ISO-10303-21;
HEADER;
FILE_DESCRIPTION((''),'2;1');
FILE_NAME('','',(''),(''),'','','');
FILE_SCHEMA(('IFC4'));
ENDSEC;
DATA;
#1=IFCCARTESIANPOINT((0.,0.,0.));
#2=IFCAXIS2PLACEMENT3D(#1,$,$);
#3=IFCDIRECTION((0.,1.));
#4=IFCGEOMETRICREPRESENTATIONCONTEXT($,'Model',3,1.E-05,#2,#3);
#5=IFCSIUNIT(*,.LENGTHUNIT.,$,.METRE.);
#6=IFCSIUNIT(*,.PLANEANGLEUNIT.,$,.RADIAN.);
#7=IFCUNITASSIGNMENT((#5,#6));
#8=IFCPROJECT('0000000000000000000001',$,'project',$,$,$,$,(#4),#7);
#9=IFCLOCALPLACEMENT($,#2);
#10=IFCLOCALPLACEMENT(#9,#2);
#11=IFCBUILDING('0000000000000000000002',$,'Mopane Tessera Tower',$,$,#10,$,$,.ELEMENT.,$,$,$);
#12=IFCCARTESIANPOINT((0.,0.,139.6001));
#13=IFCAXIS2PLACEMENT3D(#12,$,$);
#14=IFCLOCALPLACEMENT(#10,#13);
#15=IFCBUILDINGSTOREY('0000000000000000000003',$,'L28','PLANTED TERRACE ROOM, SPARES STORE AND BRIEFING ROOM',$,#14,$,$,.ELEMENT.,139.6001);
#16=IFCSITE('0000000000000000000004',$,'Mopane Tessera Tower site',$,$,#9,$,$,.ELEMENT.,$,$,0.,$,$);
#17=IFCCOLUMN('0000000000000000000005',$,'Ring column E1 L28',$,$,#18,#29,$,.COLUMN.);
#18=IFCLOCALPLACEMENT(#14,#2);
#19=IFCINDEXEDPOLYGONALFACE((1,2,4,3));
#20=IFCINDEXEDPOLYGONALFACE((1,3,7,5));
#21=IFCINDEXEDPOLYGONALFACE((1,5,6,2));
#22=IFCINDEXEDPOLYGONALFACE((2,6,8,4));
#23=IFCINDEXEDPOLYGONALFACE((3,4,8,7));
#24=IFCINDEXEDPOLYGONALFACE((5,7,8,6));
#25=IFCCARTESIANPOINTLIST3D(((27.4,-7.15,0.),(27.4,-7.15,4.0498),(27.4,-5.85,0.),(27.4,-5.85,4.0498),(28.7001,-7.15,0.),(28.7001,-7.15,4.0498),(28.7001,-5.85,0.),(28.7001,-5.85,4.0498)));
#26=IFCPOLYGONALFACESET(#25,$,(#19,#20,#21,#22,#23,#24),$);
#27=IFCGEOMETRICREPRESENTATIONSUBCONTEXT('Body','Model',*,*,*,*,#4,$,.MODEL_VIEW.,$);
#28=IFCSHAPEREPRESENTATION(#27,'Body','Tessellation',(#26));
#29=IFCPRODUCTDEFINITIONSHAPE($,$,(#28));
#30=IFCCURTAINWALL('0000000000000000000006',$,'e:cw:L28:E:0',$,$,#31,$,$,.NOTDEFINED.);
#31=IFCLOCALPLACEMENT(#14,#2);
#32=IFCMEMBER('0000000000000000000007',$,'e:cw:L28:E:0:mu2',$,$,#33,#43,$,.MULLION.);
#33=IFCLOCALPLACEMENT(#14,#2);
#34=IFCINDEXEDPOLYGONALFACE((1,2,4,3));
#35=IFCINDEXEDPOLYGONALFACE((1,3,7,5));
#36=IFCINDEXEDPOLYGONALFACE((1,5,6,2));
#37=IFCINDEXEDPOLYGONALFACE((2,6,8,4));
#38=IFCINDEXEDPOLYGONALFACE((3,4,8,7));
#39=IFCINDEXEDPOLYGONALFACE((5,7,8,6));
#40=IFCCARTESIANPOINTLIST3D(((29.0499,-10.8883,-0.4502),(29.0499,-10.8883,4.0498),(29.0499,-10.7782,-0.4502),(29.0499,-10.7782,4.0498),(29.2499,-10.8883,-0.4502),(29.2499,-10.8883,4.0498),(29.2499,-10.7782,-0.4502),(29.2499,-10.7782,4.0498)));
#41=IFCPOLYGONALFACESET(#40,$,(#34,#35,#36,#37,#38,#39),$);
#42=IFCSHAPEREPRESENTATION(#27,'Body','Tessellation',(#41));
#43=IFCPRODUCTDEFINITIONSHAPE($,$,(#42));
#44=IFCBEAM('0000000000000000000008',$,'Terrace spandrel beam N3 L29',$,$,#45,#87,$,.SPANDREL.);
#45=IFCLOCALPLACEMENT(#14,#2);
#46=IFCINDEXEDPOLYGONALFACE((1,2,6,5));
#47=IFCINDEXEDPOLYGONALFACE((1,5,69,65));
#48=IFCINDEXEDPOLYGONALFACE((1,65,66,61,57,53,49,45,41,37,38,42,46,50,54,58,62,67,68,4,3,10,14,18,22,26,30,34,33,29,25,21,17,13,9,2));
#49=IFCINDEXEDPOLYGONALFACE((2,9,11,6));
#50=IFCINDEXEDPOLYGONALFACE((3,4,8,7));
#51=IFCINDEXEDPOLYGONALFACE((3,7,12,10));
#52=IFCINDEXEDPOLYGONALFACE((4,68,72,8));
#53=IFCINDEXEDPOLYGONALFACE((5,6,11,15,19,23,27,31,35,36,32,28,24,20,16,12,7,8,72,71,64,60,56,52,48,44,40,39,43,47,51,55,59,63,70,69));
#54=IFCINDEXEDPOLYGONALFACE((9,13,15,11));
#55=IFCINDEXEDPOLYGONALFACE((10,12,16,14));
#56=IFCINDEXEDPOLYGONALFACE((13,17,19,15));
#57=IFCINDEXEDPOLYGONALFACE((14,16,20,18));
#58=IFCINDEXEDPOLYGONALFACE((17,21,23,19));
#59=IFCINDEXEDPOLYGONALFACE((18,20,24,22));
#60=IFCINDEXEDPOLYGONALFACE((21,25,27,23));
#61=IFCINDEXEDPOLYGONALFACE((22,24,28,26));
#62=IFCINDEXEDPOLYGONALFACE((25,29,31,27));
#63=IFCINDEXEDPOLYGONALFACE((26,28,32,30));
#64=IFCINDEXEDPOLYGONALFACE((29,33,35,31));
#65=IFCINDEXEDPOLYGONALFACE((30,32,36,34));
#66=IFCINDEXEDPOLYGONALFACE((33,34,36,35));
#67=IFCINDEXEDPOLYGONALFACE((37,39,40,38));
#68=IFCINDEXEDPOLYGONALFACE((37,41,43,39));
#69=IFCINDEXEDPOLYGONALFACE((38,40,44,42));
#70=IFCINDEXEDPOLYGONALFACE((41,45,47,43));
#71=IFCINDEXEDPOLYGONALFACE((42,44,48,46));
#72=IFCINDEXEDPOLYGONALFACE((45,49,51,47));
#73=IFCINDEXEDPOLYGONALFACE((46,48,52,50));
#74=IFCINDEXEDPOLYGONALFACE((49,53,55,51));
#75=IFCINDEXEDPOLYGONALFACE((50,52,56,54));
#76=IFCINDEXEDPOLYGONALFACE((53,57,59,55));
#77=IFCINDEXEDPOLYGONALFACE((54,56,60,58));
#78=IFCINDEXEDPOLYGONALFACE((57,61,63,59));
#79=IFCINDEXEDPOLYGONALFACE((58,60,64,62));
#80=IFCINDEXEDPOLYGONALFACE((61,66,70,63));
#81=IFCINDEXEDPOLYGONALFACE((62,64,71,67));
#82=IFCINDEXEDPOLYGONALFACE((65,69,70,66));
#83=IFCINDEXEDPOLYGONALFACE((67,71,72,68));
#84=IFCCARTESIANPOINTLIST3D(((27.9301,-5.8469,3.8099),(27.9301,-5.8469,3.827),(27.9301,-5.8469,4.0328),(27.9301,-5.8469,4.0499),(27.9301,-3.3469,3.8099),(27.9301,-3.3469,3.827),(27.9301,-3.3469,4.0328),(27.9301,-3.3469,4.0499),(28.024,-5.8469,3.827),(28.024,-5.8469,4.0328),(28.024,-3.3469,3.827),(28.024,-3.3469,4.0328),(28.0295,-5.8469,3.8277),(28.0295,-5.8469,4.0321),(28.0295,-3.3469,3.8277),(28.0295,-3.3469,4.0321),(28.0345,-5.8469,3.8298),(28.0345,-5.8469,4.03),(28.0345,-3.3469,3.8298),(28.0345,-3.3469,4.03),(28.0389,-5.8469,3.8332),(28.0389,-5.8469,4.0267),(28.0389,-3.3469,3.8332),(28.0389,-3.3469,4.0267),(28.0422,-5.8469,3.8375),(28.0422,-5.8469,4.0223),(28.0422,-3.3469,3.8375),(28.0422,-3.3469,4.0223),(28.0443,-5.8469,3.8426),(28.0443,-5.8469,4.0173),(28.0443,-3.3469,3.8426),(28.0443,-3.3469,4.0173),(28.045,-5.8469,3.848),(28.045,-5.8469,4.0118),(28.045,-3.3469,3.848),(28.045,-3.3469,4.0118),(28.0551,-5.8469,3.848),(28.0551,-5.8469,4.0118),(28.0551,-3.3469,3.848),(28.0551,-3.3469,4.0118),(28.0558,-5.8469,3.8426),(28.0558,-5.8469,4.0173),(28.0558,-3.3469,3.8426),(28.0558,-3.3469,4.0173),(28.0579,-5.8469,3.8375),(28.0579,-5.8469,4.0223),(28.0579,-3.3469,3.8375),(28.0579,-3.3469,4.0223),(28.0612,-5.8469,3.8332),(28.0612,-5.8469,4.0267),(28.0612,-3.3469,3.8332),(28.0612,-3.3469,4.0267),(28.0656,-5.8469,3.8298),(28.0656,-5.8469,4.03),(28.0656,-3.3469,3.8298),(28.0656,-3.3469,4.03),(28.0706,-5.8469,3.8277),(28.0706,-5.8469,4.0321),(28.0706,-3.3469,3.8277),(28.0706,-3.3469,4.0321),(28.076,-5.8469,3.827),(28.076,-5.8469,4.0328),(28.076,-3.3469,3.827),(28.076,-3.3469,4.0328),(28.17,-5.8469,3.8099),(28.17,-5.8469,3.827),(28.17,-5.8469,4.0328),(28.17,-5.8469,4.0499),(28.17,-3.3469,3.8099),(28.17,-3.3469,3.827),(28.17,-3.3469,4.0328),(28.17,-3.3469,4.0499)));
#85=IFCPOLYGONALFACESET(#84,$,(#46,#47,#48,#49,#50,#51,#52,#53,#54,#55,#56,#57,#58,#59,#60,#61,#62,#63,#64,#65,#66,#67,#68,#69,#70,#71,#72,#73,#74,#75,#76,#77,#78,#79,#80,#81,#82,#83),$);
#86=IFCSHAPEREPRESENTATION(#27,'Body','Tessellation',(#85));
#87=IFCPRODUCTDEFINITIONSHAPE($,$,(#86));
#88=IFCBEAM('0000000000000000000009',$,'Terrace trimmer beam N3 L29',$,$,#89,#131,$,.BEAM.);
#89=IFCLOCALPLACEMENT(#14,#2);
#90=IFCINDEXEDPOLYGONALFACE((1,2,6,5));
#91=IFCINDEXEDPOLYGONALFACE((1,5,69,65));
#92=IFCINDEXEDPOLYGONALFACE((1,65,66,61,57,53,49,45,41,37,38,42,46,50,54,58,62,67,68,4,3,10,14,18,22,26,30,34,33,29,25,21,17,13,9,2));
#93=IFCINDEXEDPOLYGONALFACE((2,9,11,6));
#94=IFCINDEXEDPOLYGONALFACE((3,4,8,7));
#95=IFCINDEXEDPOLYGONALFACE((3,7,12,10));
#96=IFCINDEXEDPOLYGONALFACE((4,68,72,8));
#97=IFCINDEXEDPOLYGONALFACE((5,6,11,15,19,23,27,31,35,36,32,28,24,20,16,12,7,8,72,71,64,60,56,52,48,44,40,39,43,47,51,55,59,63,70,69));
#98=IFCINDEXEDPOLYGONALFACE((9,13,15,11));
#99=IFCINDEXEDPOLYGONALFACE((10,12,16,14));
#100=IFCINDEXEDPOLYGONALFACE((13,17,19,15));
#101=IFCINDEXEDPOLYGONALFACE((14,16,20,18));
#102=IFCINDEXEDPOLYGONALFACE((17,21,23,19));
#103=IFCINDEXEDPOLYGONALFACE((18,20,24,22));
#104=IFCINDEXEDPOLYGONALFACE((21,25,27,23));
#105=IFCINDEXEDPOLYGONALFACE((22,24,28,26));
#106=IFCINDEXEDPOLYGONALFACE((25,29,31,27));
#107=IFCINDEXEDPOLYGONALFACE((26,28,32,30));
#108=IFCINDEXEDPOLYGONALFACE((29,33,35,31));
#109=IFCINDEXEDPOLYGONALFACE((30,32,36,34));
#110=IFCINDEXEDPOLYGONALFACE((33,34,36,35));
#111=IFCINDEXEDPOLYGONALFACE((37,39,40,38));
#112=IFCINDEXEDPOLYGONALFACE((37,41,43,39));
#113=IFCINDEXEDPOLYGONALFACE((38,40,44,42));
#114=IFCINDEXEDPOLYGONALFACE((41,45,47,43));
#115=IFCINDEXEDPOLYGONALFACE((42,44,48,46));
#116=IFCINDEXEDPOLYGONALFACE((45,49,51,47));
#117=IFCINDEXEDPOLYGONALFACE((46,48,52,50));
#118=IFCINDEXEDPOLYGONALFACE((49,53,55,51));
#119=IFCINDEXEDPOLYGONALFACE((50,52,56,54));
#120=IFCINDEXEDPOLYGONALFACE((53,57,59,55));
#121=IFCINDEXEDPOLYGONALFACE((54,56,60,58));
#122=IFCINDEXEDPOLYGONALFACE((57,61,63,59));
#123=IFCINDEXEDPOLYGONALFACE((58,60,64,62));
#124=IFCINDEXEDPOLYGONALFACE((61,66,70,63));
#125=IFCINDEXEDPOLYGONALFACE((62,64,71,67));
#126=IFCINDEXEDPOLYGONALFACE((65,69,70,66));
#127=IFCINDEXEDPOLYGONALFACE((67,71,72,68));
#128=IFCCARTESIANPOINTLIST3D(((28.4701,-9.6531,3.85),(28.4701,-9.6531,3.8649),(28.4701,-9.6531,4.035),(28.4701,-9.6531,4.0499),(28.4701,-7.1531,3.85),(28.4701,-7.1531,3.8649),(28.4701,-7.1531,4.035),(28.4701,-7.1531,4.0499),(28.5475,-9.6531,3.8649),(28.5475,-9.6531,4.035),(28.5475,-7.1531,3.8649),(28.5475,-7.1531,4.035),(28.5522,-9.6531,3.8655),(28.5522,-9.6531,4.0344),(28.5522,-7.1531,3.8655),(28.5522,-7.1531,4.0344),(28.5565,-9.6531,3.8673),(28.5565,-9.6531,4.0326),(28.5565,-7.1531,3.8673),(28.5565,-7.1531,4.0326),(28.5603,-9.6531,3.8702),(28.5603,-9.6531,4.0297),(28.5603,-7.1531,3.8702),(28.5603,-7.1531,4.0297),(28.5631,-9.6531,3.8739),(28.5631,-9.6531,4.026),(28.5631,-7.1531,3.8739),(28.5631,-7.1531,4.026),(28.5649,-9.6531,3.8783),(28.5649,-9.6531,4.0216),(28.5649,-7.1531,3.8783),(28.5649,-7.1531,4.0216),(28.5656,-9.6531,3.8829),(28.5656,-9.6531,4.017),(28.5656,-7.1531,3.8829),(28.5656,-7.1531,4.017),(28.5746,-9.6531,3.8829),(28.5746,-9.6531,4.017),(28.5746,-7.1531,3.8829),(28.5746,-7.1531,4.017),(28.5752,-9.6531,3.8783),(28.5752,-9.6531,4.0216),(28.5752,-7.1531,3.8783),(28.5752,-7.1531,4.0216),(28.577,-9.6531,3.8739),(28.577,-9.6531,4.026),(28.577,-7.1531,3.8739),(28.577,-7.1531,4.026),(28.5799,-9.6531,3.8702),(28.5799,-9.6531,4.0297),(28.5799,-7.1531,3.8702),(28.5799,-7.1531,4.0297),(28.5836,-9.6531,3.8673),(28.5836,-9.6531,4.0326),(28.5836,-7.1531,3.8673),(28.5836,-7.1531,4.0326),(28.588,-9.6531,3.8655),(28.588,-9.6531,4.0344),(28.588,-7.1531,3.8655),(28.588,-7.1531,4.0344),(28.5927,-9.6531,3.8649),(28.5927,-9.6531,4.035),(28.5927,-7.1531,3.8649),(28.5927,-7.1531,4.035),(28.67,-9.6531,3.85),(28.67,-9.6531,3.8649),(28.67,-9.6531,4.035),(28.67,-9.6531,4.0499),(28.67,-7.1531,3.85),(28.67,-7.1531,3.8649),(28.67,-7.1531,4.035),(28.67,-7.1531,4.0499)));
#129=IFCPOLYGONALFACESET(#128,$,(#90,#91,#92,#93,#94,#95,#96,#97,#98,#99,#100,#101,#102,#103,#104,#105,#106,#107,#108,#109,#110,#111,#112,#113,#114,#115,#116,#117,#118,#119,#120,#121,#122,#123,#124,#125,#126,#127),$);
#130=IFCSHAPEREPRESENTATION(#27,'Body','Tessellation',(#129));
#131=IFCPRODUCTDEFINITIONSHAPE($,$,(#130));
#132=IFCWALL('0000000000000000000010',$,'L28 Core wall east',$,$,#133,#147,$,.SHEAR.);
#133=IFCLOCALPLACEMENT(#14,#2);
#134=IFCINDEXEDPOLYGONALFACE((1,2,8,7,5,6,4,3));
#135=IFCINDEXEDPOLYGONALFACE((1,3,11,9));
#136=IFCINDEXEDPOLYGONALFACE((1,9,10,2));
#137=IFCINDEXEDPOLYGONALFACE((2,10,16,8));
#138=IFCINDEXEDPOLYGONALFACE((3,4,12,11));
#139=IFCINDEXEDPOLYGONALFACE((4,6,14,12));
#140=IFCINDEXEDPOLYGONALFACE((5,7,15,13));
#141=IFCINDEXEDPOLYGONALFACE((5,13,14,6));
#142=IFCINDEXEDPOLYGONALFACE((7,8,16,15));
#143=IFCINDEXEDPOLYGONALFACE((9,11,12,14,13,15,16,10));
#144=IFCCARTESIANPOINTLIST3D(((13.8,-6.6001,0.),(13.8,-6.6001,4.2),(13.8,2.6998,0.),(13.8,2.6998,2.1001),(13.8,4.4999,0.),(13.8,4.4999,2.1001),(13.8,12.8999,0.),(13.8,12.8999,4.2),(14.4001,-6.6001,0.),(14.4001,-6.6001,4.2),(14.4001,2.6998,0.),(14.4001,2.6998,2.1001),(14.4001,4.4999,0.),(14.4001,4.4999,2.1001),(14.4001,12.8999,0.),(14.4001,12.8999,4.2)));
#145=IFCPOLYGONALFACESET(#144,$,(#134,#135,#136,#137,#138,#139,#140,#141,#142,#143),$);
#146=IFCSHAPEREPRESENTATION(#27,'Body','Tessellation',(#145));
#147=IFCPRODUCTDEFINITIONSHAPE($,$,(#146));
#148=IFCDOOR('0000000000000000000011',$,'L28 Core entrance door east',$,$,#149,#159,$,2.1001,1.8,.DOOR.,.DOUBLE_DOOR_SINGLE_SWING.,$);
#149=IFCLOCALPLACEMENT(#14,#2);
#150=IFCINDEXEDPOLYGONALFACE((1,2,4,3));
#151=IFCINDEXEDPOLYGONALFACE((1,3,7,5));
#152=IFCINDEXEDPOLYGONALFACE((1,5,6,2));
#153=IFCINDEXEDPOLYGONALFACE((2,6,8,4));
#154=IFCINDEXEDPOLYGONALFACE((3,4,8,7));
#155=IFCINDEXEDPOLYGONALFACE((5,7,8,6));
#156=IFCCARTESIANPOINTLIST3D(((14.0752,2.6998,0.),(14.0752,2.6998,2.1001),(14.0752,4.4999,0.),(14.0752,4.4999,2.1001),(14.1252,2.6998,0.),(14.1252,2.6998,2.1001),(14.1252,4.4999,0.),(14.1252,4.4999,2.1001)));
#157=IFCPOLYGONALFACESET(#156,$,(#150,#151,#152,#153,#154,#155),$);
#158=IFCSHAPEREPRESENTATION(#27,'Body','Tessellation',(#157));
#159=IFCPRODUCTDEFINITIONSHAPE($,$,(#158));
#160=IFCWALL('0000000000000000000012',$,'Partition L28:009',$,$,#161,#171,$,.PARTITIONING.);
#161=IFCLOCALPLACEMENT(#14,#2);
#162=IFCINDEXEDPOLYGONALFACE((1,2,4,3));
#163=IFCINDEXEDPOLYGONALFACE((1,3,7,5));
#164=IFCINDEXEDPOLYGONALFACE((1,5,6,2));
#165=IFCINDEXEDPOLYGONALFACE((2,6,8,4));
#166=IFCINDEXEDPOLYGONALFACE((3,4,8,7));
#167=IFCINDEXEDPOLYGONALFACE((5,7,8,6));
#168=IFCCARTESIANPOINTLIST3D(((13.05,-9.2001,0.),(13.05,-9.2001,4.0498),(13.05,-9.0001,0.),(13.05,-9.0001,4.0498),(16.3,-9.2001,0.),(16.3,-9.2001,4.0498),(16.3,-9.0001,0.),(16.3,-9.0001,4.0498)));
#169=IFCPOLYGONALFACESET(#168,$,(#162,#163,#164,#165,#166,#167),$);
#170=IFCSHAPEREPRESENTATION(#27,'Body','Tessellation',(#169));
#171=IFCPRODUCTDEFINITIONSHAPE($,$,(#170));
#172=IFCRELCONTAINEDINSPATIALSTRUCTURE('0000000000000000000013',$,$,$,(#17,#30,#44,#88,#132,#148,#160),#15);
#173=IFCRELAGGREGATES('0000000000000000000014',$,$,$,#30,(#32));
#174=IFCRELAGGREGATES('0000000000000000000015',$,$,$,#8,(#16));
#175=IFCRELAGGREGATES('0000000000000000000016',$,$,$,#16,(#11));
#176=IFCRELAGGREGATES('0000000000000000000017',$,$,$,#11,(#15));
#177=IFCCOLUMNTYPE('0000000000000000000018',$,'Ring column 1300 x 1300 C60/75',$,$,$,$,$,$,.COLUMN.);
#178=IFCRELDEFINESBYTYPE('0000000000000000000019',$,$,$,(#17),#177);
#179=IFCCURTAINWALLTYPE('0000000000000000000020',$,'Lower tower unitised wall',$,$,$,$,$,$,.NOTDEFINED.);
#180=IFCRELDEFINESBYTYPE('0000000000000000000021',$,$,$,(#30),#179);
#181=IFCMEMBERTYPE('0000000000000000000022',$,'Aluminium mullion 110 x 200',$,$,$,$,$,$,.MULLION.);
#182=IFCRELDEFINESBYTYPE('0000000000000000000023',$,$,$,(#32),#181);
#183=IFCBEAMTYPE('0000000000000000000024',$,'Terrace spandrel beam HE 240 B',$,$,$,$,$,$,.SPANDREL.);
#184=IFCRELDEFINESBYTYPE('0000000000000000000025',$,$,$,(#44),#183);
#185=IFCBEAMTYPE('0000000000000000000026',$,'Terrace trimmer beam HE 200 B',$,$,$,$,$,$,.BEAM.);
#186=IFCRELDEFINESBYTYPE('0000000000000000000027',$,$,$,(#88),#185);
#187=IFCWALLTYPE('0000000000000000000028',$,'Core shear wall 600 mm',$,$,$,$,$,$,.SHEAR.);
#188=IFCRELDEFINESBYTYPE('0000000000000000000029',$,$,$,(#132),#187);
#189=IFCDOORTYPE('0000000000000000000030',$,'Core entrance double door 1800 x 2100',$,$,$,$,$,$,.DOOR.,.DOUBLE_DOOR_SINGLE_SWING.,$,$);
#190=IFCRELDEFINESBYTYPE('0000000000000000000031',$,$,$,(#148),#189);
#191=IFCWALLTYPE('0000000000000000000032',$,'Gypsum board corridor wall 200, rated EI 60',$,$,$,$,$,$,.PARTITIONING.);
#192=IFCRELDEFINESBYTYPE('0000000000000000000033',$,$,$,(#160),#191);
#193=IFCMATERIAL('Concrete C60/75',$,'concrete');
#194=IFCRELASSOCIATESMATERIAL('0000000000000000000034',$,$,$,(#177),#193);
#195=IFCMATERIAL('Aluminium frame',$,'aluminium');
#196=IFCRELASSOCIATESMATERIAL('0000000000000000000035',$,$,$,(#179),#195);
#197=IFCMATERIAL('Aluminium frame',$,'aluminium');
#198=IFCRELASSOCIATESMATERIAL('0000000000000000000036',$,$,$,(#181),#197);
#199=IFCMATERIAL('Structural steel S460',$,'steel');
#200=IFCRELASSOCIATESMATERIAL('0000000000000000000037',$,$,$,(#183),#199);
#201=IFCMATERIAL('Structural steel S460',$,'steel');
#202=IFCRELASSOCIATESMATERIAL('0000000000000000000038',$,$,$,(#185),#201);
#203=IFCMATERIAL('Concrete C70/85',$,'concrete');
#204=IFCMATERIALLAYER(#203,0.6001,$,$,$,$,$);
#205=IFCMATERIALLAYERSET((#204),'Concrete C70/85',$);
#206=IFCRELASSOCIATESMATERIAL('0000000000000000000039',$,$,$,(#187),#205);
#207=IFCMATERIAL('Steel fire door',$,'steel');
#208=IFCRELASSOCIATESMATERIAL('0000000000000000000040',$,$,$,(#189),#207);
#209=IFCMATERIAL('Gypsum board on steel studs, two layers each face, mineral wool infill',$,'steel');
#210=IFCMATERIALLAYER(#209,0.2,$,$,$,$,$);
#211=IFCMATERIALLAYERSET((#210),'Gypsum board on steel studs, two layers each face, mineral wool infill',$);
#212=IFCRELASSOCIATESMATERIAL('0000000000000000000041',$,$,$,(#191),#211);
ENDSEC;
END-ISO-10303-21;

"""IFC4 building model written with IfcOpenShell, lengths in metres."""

from ifc_helpers import new_model, si_unit, direction, frame, frame_2d, origin, origin_2d, place, context, subcontext, project, spatial, rectangle, i_section, extrude, material, layer, layer_set, material_profile, profile_set, type_object, element, fill, aggregate, save


model = new_model("IFC4")

# Units and contexts
model_context = context("Model", 3, precision=1e-05, world=origin(), true_north=direction((0.0, 1.0)))
body_context = subcontext(model_context, "Body", "Model", "MODEL_VIEW")
ifc_project = project(units=[si_unit("LENGTHUNIT", "METRE"), si_unit("PLANEANGLEUNIT", "RADIAN")], contexts=[model_context])

# Site, building, storey
site_placement = place(None, origin())
site = spatial("IfcSite", under=ifc_project, at=site_placement, Name="Mopane Tessera Tower site", CompositionType="ELEMENT", RefElevation=0.0)
building_placement = place(site_placement, origin())
building = spatial("IfcBuilding", under=site, at=building_placement, Name="Mopane Tessera Tower", CompositionType="ELEMENT")
storey_placement = place(building_placement, frame((0.0, 0.0, 139.6001)))
storey = spatial("IfcBuildingStorey", under=building, at=storey_placement, Name="L28", Description="PLANTED TERRACE ROOM, SPARES STORE AND BRIEFING ROOM", CompositionType="ELEMENT", Elevation=139.6001)

# Column
ifc_material_1 = material(Name="Concrete C60/75", Category="concrete")
ifc_material_profile_1 = material_profile(ifc_material_1, rectangle(XDim=1.3, YDim=1.3, at=origin_2d()))
ifc_profile_set_1 = profile_set([ifc_material_profile_1], Name="Concrete C60/75")
column_type = type_object("IfcColumnType", Name="Ring column 1300 x 1300 C60/75", PredefinedType="COLUMN", material=ifc_profile_set_1)
column_placement = place(storey_placement, frame((28.05, -6.5, 0.0), z_axis=(0.0, 0.0, 1.0), x_axis=(1.0, 0.0, 0.0)))
element("IfcColumn", 1, at=column_placement, inside=storey, type_object=column_type, Name="Ring column E1 L28", PredefinedType="COLUMN", context=body_context, shape_type="SweptSolid", body=[
    extrude(rectangle(XDim=1.3, YDim=1.3, at=origin_2d()), origin(), (0.0, 0.0, 1.0), 4.0498),
])

# Curtain wall, member
ifc_material_2 = material(Name="Aluminium frame", Category="aluminium")
curtain_wall_type = type_object("IfcCurtainWallType", Name="Lower tower unitised wall", PredefinedType="NOTDEFINED", material=ifc_material_2)
curtain_wall_placement = place(storey_placement, origin())
curtain_wall = element("IfcCurtainWall", 2, at=curtain_wall_placement, inside=storey, type_object=curtain_wall_type, Name="e:cw:L28:E:0", PredefinedType="NOTDEFINED")
ifc_material_3 = material(Name="Aluminium frame", Category="aluminium")
ifc_material_profile_2 = material_profile(ifc_material_3, rectangle(XDim=0.1101, YDim=0.2, at=origin_2d()))
ifc_profile_set_2 = profile_set([ifc_material_profile_2], Name="Aluminium frame")
member_type = type_object("IfcMemberType", Name="Aluminium mullion 110 x 200", PredefinedType="MULLION", material=ifc_profile_set_2)
member_placement = place(storey_placement, frame((29.1499, -10.8333, -0.4502), z_axis=(0.0, 0.0, 1.0), x_axis=(0.0, 1.0, 0.0)))
member = element("IfcMember", 3, at=member_placement, type_object=member_type, Name="e:cw:L28:E:0:mu2", PredefinedType="MULLION", context=body_context, shape_type="SweptSolid", body=[
    extrude(rectangle(XDim=0.1101, YDim=0.2, at=origin_2d()), origin(), (0.0, 0.0, 1.0), 4.5),
])
aggregate(curtain_wall, [member])

# Beams
ifc_material_4 = material(Name="Structural steel S460", Category="steel")
ifc_material_profile_3 = material_profile(ifc_material_4, i_section(OverallWidth=0.24, OverallDepth=0.24, WebThickness=0.01, FlangeThickness=0.0171, FilletRadius=0.021, at=origin_2d()))
ifc_profile_set_3 = profile_set([ifc_material_profile_3], Name="Structural steel S460")
beam_type_1 = type_object("IfcBeamType", Name="Terrace spandrel beam HE 240 B", PredefinedType="SPANDREL", material=ifc_profile_set_3)
beam_1_placement = place(storey_placement, frame((28.05, -5.8469, 3.9299), z_axis=(0.0, 1.0, 0.0), x_axis=(-1.0, 0.0, 0.0)))
element("IfcBeam", 4, at=beam_1_placement, inside=storey, type_object=beam_type_1, Name="Terrace spandrel beam N3 L29", PredefinedType="SPANDREL", context=body_context, shape_type="SweptSolid", body=[
    extrude(i_section(OverallWidth=0.24, OverallDepth=0.24, WebThickness=0.01, FlangeThickness=0.0171, FilletRadius=0.021, at=origin_2d()), origin(), (0.0, 0.0, 1.0), 2.5),
])
ifc_material_5 = material(Name="Structural steel S460", Category="steel")
ifc_material_profile_4 = material_profile(ifc_material_5, i_section(OverallWidth=0.2, OverallDepth=0.2, WebThickness=0.009, FlangeThickness=0.0149, FilletRadius=0.0181, at=origin_2d()))
ifc_profile_set_4 = profile_set([ifc_material_profile_4], Name="Structural steel S460")
beam_type_2 = type_object("IfcBeamType", Name="Terrace trimmer beam HE 200 B", PredefinedType="BEAM", material=ifc_profile_set_4)
beam_2_placement = place(storey_placement, frame((28.5701, -7.1531, 3.95), z_axis=(0.0, -1.0, 0.0), x_axis=(1.0, 0.0, 0.0)))
element("IfcBeam", 5, at=beam_2_placement, inside=storey, type_object=beam_type_2, Name="Terrace trimmer beam N3 L29", PredefinedType="BEAM", context=body_context, shape_type="SweptSolid", body=[
    extrude(i_section(OverallWidth=0.2, OverallDepth=0.2, WebThickness=0.009, FlangeThickness=0.0149, FilletRadius=0.0181, at=origin_2d()), origin(), (0.0, 0.0, 1.0), 2.5),
])

# Wall, opening, door
ifc_material_6 = material(Name="Concrete C70/85", Category="concrete")
ifc_layer_1 = layer(ifc_material_6, 0.6001)
ifc_layer_set_1 = layer_set([ifc_layer_1], Name="Concrete C70/85")
wall_type_1 = type_object("IfcWallType", Name="Core shear wall 600 mm", PredefinedType="SHEAR", material=ifc_layer_set_1)
wall_1_placement = place(storey_placement, frame((14.1001, -6.6001, 0.0), z_axis=(0.0, 0.0, 1.0), x_axis=(0.0, 1.0, 0.0)))
wall_1 = element("IfcWall", 6, at=wall_1_placement, inside=storey, type_object=wall_type_1, Name="L28 Core wall east", PredefinedType="SHEAR", context=body_context, shape_type="SweptSolid", body=[
    extrude(rectangle(XDim=19.5, YDim=0.6001, at=frame_2d((9.75, 0.0))), origin(), (0.0, 0.0, 1.0), 4.2),
])
opening_1_placement = place(wall_1_placement, frame((9.3, 0.0, 0.0)))
opening_1 = element("IfcOpeningElement", 7, at=opening_1_placement, cuts=wall_1, PredefinedType="OPENING", context=body_context, shape_type="SweptSolid", body=[
    extrude(rectangle(XDim=1.8, YDim=2.1001, at=frame_2d((0.8999, 1.05))), frame((0.0, 0.312, 0.0), z_axis=(0.0, -1.0, 0.0), x_axis=(1.0, 0.0, 0.0)), (0.0, 0.0, 1.0), 0.624),
])
ifc_material_7 = material(Name="Steel fire door", Category="steel")
door_type_1 = type_object("IfcDoorType", Name="Core entrance double door 1800 x 2100", OperationType="DOUBLE_DOOR_SINGLE_SWING", PredefinedType="DOOR", material=ifc_material_7)
door_1_placement = place(opening_1_placement, origin())
door_1 = element("IfcDoor", 8, at=door_1_placement, inside=storey, type_object=door_type_1, Name="L28 Core entrance door east", OperationType="DOUBLE_DOOR_SINGLE_SWING", OverallHeight=2.1001, OverallWidth=1.8, PredefinedType="DOOR", context=body_context, shape_type="SweptSolid", body=[
    extrude(rectangle(XDim=1.8, YDim=2.1001, at=frame_2d((0.8999, 1.05))), frame((0.0, 0.0249, 0.0), z_axis=(0.0, -1.0, 0.0), x_axis=(1.0, 0.0, 0.0)), (0.0, 0.0, 1.0), 0.05),
])
fill(opening_1, door_1)

# Wall
ifc_material_8 = material(Name="Gypsum board on steel studs, two layers each face, mineral wool infill", Category="steel")
ifc_layer_2 = layer(ifc_material_8, 0.2)
ifc_layer_set_2 = layer_set([ifc_layer_2], Name="Gypsum board on steel studs, two layers each face, mineral wool infill")
wall_type_2 = type_object("IfcWallType", Name="Gypsum board corridor wall 200, rated EI 60", PredefinedType="PARTITIONING", material=ifc_layer_set_2)
wall_2_placement = place(storey_placement, frame((13.05, -9.1001, 0.0), z_axis=(0.0, 0.0, 1.0), x_axis=(1.0, 0.0, 0.0)))
element("IfcWall", 9, at=wall_2_placement, inside=storey, type_object=wall_type_2, Name="Partition L28:009", PredefinedType="PARTITIONING", context=body_context, shape_type="SweptSolid", body=[
    extrude(rectangle(XDim=3.25, YDim=0.2, at=frame_2d((1.625, 0.0))), origin(), (0.0, 0.0, 1.0), 4.0498),
])

save(model, "model.ifc")
